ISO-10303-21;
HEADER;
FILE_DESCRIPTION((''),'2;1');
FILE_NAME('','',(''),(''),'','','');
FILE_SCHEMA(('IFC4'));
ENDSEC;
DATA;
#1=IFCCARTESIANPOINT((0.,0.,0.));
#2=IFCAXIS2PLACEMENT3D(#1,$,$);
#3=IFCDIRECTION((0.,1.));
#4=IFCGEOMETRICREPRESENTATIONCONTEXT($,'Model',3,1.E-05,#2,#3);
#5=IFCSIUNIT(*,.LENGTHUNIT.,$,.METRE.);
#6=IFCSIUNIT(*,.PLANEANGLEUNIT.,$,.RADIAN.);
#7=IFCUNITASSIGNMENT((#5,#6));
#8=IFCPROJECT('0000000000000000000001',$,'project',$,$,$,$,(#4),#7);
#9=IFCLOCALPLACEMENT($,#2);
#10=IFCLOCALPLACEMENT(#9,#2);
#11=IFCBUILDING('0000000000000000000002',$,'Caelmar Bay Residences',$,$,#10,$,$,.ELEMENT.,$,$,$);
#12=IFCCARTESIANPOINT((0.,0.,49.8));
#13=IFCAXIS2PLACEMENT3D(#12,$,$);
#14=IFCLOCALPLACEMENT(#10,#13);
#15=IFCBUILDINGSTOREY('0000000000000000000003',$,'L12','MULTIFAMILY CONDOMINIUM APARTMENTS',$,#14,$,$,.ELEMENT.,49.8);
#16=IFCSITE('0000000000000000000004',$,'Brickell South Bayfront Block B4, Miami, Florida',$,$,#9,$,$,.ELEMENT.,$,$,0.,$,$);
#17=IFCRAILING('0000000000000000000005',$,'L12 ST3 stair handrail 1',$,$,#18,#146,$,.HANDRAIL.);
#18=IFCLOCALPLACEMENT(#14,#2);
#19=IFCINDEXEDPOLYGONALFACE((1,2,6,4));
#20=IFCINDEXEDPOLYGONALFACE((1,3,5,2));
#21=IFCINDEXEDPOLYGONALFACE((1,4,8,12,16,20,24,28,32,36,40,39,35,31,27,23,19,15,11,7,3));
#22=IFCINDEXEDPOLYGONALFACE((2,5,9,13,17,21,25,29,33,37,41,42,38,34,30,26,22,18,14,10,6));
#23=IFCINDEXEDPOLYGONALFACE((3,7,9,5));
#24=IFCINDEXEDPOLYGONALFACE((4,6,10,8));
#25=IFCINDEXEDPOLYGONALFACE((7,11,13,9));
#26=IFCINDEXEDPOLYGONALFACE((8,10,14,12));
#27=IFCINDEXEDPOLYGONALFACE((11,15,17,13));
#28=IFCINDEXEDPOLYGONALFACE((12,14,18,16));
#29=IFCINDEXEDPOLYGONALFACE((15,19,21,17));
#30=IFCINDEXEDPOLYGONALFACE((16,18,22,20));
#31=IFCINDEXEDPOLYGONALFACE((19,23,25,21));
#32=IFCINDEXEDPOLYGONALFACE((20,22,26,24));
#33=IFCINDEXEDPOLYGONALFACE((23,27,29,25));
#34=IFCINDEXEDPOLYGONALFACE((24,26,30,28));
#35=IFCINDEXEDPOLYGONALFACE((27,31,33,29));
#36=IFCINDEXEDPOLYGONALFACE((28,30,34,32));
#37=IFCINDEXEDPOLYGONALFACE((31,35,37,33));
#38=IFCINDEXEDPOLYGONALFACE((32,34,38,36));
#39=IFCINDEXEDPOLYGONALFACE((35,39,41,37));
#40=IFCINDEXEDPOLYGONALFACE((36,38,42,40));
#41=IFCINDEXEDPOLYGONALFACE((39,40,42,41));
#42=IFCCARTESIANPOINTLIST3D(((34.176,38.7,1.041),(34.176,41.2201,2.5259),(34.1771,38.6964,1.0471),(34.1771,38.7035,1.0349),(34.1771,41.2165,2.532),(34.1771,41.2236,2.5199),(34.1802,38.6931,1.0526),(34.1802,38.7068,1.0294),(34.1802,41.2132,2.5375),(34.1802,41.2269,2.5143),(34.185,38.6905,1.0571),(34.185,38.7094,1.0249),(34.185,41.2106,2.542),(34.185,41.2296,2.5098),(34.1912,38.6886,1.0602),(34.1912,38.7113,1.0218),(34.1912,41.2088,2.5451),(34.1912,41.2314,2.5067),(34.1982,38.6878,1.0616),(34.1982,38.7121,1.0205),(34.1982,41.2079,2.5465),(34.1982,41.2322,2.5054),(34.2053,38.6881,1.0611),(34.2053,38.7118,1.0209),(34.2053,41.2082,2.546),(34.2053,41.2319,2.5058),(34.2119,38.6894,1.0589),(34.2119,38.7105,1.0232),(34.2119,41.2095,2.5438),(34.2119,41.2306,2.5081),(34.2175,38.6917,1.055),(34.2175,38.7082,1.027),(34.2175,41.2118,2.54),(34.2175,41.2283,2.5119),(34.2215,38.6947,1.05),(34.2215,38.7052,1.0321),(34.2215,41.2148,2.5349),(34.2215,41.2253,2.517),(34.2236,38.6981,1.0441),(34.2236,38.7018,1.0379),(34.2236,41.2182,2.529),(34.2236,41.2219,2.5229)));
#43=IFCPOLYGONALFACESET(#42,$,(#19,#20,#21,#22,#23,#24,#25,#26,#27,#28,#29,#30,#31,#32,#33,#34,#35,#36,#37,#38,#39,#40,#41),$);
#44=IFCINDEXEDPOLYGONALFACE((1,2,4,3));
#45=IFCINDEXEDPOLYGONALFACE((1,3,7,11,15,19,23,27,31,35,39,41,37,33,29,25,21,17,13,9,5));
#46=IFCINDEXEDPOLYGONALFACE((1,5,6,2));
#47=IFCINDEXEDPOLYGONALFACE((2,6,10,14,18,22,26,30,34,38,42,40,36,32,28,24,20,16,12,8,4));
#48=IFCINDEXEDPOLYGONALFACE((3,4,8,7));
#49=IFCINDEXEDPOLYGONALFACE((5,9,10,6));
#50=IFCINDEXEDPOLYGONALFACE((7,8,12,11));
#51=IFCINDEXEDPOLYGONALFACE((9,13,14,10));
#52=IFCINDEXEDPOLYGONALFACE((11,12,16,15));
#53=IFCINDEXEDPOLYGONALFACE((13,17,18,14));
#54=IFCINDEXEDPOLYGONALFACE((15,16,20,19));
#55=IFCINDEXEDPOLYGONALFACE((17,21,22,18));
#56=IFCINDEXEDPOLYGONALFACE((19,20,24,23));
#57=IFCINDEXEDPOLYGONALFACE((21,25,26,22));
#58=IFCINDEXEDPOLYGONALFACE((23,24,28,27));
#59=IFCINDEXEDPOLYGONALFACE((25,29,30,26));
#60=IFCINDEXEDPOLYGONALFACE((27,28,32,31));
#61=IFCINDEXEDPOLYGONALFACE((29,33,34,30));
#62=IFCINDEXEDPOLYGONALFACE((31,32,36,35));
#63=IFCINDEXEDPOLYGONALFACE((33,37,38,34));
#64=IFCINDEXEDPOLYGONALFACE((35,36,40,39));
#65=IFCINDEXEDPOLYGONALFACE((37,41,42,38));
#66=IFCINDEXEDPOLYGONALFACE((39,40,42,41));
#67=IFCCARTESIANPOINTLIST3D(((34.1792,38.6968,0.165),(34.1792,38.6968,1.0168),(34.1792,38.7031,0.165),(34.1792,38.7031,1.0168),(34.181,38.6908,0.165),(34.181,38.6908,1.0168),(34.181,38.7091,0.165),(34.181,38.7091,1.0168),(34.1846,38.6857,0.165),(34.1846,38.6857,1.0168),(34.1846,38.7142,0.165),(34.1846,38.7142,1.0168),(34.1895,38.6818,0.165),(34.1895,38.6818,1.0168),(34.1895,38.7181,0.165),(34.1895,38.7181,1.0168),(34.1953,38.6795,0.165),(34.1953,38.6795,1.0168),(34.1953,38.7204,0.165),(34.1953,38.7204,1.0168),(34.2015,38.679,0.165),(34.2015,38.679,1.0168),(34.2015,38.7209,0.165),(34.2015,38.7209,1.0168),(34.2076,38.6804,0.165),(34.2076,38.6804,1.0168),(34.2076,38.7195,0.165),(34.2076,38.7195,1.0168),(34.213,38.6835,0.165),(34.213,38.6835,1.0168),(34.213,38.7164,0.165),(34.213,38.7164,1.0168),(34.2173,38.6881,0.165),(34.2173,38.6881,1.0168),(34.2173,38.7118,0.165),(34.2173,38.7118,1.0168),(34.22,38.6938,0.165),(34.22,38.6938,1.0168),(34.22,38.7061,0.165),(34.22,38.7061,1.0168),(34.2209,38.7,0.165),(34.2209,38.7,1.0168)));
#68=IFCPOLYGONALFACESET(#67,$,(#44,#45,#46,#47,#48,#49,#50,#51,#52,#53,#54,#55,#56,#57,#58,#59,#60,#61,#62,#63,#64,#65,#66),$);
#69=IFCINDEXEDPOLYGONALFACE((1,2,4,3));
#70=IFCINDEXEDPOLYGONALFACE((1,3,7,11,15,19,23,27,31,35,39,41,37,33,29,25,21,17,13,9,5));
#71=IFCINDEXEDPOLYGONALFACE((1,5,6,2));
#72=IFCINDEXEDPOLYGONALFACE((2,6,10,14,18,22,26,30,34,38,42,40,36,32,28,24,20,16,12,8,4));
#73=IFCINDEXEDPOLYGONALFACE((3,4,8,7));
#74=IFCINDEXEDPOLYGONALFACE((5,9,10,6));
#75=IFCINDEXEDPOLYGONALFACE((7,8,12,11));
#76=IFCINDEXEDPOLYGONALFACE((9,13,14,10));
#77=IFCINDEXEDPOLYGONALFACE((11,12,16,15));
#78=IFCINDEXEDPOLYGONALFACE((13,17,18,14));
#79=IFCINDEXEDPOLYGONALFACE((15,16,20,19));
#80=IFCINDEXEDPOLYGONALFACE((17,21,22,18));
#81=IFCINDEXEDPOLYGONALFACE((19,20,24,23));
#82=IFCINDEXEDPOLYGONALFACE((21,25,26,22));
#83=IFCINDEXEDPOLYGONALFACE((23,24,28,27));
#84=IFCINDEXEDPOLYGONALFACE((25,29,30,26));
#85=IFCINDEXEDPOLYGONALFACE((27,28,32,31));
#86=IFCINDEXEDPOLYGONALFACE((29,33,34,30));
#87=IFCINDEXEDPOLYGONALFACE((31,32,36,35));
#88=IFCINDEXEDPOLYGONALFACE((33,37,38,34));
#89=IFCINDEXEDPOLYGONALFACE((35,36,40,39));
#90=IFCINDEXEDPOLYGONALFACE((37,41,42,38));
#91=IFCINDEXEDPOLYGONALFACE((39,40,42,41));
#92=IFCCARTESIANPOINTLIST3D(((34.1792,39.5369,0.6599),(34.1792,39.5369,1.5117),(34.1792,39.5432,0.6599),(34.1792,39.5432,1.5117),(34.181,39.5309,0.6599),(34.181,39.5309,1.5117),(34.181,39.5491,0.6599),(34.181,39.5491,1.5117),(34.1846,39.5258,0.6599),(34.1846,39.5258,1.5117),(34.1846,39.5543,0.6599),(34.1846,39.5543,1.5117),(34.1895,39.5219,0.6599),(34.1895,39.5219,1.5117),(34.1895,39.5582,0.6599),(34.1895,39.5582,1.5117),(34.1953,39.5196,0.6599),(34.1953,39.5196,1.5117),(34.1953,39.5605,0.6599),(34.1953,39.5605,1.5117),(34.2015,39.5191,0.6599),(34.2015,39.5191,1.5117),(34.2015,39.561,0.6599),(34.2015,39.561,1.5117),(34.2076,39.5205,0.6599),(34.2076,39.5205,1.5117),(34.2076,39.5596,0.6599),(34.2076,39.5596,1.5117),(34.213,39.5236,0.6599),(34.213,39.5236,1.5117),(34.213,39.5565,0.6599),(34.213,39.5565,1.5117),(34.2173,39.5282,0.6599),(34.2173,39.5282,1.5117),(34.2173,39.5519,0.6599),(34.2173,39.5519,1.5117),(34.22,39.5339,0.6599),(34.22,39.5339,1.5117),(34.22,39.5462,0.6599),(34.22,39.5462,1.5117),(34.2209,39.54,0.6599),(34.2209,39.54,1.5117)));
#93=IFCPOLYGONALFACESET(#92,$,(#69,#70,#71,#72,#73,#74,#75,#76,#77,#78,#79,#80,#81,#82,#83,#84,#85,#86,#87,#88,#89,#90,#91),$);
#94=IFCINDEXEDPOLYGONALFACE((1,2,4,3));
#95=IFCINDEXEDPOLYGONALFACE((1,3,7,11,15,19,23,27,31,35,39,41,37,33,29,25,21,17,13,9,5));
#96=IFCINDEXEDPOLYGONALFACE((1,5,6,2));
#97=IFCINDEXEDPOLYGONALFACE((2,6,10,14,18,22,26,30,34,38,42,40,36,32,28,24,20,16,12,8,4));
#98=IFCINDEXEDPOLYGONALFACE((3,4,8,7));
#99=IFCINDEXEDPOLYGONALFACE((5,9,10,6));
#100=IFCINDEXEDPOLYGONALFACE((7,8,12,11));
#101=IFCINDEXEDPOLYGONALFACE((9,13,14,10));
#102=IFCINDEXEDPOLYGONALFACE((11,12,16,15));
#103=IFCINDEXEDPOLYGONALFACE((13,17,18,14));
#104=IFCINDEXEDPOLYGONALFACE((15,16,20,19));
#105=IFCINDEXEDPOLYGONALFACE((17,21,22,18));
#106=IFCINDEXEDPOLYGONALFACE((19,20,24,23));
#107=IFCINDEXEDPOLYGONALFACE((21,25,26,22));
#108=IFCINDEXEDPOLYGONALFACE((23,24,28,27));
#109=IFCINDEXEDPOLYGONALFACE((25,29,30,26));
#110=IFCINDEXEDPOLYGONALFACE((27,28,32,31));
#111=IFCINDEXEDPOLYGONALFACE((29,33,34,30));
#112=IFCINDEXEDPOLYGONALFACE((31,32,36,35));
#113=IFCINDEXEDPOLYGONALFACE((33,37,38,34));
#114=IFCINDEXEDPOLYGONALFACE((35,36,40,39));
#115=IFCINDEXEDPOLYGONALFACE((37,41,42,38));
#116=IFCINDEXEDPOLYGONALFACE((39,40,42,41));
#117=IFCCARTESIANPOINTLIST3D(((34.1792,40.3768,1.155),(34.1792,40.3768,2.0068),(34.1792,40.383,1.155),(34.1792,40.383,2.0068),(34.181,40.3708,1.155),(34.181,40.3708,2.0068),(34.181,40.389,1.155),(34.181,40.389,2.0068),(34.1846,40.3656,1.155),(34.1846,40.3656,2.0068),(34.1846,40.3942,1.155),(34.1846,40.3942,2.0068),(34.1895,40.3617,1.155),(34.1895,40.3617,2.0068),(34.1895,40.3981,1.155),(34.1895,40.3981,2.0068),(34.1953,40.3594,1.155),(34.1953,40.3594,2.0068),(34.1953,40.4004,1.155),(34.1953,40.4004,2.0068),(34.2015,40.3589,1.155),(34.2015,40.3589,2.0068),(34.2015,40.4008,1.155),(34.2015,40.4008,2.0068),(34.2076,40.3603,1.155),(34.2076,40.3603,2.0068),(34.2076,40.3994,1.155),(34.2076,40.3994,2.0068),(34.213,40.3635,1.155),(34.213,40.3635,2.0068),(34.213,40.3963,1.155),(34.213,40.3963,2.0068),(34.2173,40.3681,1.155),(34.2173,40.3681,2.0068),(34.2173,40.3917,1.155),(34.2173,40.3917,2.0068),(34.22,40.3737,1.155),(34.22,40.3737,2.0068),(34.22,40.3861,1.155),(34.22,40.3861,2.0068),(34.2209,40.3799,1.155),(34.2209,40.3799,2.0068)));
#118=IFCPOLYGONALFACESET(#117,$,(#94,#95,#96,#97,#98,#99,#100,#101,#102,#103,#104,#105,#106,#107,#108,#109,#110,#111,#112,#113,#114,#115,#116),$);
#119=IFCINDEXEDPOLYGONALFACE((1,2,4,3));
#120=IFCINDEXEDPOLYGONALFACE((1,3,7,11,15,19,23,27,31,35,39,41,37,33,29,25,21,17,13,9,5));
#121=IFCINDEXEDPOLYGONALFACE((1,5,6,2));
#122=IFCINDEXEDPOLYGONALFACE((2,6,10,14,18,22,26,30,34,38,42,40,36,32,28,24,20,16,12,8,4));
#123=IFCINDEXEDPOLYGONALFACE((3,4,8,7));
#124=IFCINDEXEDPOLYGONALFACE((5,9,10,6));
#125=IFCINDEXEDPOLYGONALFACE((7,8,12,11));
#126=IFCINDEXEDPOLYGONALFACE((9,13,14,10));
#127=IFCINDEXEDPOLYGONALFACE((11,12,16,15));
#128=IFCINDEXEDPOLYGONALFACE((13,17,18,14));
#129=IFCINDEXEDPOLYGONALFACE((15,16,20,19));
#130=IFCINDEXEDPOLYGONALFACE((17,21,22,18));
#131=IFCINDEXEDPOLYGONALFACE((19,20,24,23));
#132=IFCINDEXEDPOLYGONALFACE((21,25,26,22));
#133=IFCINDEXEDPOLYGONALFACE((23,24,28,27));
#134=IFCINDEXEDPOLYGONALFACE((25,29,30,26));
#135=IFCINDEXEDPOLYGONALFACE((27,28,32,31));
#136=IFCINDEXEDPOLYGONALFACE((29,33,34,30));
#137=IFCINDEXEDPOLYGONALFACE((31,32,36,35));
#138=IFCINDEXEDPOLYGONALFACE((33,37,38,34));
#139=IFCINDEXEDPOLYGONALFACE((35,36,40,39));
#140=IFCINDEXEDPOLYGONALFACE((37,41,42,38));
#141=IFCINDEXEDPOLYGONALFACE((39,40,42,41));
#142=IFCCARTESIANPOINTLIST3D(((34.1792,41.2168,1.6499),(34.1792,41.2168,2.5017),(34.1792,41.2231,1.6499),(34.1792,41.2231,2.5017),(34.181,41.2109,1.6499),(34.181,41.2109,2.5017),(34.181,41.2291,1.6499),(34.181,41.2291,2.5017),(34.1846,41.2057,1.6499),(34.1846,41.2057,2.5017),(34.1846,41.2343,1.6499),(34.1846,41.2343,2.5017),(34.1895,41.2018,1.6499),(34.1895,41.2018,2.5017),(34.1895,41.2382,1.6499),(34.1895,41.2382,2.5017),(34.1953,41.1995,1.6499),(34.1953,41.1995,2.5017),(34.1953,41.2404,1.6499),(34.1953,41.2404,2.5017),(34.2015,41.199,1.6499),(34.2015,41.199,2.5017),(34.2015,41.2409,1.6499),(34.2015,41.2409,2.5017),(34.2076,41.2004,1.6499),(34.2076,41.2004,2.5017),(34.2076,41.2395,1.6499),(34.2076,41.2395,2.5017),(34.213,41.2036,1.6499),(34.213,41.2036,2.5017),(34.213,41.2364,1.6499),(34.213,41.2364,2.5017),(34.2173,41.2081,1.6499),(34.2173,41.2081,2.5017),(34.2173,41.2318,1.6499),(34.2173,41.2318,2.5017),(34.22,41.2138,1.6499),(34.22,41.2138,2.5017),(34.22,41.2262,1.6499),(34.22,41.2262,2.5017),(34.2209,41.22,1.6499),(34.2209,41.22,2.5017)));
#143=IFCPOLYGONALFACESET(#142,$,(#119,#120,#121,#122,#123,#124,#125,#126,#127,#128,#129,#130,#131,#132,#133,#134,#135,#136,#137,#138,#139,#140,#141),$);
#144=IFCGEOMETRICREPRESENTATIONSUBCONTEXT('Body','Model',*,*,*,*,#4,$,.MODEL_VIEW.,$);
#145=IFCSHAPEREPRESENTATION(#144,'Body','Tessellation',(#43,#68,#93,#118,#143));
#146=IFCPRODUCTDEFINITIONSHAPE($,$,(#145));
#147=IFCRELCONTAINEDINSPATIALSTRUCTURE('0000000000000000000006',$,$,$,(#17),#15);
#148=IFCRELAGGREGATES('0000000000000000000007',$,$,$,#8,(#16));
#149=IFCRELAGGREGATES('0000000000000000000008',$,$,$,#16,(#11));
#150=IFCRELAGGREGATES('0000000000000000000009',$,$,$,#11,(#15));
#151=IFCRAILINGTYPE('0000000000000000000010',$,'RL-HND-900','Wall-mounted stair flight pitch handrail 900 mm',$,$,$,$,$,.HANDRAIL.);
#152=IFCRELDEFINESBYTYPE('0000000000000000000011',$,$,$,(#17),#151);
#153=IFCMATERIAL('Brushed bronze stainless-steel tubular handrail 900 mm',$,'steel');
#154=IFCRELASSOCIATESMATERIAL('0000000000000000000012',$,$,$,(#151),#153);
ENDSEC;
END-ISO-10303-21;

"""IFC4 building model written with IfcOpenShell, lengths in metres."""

from ifc_helpers import new_model, si_unit, direction, frame, origin, origin_2d, place, context, subcontext, project, spatial, circle, extrude, material, type_object, element, save


model = new_model("IFC4")

# Units and contexts
model_context = context("Model", 3, precision=1e-05, world=origin(), true_north=direction((0.0, 1.0)))
body_context = subcontext(model_context, "Body", "Model", "MODEL_VIEW")
ifc_project = project(units=[si_unit("LENGTHUNIT", "METRE"), si_unit("PLANEANGLEUNIT", "RADIAN")], contexts=[model_context])

# Site, building, storey
site_placement = place(None, origin())
site = spatial("IfcSite", under=ifc_project, at=site_placement, Name="Brickell South Bayfront Block B4, Miami, Florida", CompositionType="ELEMENT", RefElevation=0.0)
building_placement = place(site_placement, origin())
building = spatial("IfcBuilding", under=site, at=building_placement, Name="Caelmar Bay Residences", CompositionType="ELEMENT")
storey_placement = place(building_placement, frame((0.0, 0.0, 49.8)))
storey = spatial("IfcBuildingStorey", under=building, at=storey_placement, Name="L12", Description="MULTIFAMILY CONDOMINIUM APARTMENTS", CompositionType="ELEMENT", Elevation=49.8)

# Railing
ifc_material_1 = material(Name="Brushed bronze stainless-steel tubular handrail 900 mm", Category="steel")
railing_type_1 = type_object("IfcRailingType", Name="RL-HND-900", Description="Wall-mounted stair flight pitch handrail 900 mm", PredefinedType="HANDRAIL", material=ifc_material_1)
for number, where, name in (
    (1, (34.2, 38.7, 0.165), "L12 ST3 stair handrail 1"),
):
    element("IfcRailing", number, at=place(storey_placement, frame(where)), inside=storey, type_object=railing_type_1, Name=name, PredefinedType="HANDRAIL", context=body_context, shape_type="SweptSolid", body=[
        extrude(circle(Radius=0.0239, at=origin_2d()), frame((0.0, 0.0, 0.876), z_axis=(0.0, 0.861561, 0.507655), x_axis=(-1.0, 0.0, 0.0)), (0.0, 0.0, 1.0), 2.925),
        extrude(circle(Radius=0.021, at=origin_2d()), origin(), (0.0, 0.0, 1.0), 0.8518),
        extrude(circle(Radius=0.021, at=origin_2d()), frame((0.0, 0.8401, 0.4949)), (0.0, 0.0, 1.0), 0.8518),
        extrude(circle(Radius=0.021, at=origin_2d()), frame((0.0, 1.6799, 0.99)), (0.0, 0.0, 1.0), 0.8518),
        extrude(circle(Radius=0.021, at=origin_2d()), frame((0.0, 2.52, 1.4849)), (0.0, 0.0, 1.0), 0.8518),
    ])

save(model, "model.ifc")
